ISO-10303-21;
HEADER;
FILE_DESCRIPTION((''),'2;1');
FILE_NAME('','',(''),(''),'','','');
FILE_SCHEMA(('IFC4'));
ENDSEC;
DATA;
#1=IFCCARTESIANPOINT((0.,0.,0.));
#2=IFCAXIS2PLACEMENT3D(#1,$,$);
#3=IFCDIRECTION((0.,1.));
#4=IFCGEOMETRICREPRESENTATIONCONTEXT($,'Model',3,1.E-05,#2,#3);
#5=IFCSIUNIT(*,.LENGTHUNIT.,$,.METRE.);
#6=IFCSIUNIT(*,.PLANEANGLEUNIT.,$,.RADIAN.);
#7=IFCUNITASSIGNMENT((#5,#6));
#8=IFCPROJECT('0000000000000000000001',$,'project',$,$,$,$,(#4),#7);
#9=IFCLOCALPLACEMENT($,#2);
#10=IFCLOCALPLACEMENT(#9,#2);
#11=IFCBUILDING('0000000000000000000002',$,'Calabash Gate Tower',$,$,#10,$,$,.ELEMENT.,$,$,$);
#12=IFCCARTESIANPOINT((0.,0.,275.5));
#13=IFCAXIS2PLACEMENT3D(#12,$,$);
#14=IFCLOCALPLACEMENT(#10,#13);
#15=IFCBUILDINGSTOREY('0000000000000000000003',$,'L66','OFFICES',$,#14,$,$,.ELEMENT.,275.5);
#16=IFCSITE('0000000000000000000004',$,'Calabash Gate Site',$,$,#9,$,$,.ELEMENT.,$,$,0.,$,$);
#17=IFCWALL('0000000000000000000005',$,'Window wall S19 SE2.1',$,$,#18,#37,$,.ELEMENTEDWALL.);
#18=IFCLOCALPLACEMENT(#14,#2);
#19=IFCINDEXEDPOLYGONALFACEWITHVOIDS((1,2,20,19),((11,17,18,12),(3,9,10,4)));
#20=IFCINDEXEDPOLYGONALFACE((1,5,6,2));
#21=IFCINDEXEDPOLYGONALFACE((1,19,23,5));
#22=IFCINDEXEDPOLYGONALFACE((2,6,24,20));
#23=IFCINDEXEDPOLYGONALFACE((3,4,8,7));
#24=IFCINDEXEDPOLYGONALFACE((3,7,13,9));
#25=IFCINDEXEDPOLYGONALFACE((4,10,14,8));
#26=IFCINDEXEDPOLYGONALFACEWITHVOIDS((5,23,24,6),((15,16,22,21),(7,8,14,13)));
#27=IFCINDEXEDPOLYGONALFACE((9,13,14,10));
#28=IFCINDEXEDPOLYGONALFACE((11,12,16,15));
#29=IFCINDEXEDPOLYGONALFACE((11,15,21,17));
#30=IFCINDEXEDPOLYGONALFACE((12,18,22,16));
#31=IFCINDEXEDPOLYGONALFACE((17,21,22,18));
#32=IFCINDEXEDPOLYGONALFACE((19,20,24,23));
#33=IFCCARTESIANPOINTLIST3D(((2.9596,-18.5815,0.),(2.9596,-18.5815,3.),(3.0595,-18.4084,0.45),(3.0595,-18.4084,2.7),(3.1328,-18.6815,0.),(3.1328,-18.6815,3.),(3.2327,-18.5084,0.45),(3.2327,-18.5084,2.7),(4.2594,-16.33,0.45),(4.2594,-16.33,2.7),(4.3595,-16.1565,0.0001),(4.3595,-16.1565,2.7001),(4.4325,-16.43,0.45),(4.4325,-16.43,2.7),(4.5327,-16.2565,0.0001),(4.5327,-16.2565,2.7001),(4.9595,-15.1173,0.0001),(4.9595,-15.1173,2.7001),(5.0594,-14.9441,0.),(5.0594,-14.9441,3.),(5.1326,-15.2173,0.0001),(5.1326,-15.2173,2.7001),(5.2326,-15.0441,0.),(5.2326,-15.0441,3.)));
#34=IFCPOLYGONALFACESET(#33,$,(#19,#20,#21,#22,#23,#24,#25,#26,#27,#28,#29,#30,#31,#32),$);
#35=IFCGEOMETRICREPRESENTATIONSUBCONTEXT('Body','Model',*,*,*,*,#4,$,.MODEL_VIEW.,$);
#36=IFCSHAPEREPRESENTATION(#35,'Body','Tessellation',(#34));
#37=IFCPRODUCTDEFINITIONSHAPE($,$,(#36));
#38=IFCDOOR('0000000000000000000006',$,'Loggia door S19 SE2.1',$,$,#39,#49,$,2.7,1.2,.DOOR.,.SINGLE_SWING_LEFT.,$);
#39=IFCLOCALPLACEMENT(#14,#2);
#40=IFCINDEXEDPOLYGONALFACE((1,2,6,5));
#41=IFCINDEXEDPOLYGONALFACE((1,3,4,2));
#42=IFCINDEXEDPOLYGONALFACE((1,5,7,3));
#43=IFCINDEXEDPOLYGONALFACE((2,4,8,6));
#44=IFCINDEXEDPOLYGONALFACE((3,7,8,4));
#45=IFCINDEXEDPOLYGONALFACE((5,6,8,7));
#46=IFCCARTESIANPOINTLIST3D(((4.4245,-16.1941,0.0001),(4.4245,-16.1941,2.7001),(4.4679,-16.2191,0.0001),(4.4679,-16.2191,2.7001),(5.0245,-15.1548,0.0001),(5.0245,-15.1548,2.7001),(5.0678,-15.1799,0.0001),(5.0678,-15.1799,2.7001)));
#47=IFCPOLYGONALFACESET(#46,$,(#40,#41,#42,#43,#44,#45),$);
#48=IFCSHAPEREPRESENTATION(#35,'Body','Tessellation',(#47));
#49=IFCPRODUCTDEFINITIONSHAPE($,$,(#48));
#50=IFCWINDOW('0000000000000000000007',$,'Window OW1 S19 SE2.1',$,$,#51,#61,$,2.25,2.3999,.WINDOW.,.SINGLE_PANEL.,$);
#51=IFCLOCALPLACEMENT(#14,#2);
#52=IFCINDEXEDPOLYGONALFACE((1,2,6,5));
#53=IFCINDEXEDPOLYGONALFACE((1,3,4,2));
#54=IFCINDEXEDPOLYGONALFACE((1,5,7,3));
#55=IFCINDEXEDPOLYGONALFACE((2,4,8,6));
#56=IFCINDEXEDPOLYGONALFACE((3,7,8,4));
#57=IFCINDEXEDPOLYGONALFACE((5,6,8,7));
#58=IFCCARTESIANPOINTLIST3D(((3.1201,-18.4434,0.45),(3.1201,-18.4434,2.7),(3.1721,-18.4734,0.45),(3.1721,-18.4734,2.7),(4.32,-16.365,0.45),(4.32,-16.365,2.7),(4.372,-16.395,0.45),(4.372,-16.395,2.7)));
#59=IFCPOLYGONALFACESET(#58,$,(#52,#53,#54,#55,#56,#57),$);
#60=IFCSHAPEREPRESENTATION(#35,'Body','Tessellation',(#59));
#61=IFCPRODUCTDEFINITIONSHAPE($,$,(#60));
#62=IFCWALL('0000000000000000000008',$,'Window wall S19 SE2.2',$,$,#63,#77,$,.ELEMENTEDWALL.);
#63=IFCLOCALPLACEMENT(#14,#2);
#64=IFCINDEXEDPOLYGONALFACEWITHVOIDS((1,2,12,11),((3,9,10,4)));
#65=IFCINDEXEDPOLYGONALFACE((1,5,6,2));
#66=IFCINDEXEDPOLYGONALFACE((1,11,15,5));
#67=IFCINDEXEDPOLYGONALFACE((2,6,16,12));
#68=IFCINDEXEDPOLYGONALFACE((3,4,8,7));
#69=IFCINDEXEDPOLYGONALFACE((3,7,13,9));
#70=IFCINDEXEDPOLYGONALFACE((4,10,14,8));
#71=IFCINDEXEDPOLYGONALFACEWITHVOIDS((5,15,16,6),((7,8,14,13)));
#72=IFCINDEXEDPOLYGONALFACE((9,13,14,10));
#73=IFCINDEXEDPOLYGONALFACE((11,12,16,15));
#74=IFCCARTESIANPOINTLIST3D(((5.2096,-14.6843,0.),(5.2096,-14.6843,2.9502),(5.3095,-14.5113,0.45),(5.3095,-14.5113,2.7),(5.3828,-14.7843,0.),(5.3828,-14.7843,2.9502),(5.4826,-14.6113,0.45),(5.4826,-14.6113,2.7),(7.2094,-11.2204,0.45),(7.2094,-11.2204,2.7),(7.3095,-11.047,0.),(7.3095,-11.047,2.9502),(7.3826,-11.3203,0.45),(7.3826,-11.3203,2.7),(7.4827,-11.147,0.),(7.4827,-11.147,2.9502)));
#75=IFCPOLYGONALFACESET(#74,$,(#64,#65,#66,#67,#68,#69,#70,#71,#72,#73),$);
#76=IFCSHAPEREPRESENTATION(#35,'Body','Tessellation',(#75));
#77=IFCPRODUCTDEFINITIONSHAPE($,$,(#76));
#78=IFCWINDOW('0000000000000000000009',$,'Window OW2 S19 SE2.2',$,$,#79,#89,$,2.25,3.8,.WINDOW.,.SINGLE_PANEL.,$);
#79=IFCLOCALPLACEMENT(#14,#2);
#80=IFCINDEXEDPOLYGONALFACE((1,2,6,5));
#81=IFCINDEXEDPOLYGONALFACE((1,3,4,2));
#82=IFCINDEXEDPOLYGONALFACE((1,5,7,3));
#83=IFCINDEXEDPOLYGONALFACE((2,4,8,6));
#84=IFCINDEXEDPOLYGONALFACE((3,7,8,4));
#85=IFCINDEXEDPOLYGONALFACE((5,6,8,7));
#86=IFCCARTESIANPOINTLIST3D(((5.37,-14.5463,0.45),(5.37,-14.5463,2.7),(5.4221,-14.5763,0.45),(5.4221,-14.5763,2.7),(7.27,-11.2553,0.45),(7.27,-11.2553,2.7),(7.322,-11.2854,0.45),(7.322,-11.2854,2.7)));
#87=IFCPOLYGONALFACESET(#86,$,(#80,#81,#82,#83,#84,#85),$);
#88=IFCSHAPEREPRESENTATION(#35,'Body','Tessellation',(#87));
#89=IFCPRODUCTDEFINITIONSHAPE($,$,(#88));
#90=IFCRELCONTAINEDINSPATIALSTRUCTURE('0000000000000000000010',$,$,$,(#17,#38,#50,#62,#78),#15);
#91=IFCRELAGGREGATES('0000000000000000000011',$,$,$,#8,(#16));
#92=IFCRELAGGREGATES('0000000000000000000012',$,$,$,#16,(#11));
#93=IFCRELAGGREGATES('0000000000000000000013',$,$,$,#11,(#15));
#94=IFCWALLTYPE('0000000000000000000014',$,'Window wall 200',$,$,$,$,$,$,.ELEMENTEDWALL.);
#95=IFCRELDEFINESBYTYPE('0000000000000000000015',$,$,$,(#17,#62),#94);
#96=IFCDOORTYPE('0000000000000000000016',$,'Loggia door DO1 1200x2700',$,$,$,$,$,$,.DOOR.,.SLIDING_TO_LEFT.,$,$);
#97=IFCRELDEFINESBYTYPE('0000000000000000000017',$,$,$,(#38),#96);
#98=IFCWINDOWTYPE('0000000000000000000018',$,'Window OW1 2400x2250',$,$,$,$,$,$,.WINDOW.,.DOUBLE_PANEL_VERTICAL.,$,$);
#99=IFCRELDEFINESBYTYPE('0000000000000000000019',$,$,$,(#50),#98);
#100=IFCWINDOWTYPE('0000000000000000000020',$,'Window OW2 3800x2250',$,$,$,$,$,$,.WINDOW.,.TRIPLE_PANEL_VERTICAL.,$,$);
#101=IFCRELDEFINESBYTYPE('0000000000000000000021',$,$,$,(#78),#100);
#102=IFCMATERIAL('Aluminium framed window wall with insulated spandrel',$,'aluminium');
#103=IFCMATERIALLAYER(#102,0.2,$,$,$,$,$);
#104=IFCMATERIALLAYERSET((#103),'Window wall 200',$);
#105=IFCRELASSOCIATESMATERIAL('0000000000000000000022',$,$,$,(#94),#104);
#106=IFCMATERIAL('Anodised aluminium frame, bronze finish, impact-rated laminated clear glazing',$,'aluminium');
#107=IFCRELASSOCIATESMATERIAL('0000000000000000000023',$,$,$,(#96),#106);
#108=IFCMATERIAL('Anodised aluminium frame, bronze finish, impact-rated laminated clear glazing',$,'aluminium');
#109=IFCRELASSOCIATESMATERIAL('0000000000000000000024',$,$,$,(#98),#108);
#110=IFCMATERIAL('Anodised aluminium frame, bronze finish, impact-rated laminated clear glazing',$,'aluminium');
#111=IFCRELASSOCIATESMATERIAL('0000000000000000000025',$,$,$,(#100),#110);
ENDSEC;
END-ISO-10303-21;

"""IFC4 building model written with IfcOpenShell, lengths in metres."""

from ifc_helpers import new_model, si_unit, direction, frame, frame_2d, origin, place, context, subcontext, project, spatial, rectangle, extrude, material, layer, layer_set, type_object, element, fill, save


model = new_model("IFC4")

# Units and contexts
model_context = context("Model", 3, precision=1e-05, world=origin(), true_north=direction((0.0, 1.0)))
body_context = subcontext(model_context, "Body", "Model", "MODEL_VIEW")
ifc_project = project(units=[si_unit("LENGTHUNIT", "METRE"), si_unit("PLANEANGLEUNIT", "RADIAN")], contexts=[model_context])

# Site, building, storey
site_placement = place(None, origin())
site = spatial("IfcSite", under=ifc_project, at=site_placement, Name="Calabash Gate Site", CompositionType="ELEMENT", RefElevation=0.0)
building_placement = place(site_placement, origin())
building = spatial("IfcBuilding", under=site, at=building_placement, Name="Calabash Gate Tower", CompositionType="ELEMENT")
storey_placement = place(building_placement, frame((0.0, 0.0, 275.5)))
storey = spatial("IfcBuildingStorey", under=building, at=storey_placement, Name="L66", Description="OFFICES", CompositionType="ELEMENT", Elevation=275.5)

# Wall, openings, door, window
ifc_material_1 = material(Name="Aluminium framed window wall with insulated spandrel", Category="aluminium")
ifc_layer_1 = layer(ifc_material_1, 0.2)
ifc_layer_set_1 = layer_set([ifc_layer_1], Name="Window wall 200")
wall_type_1 = type_object("IfcWallType", Name="Window wall 200", PredefinedType="ELEMENTEDWALL", material=ifc_layer_set_1)
wall_1_placement = place(storey_placement, frame((3.0461, -18.6316, 0.0), z_axis=(0.0, 0.0, 1.0), x_axis=(0.499959, 0.866049, 0.0)))
wall_1 = element("IfcWall", 1, at=wall_1_placement, inside=storey, type_object=wall_type_1, Name="Window wall S19 SE2.1", PredefinedType="ELEMENTEDWALL", context=body_context, shape_type="SweptSolid", body=[
    extrude(rectangle(XDim=4.2, YDim=0.2, at=frame_2d((2.1001, 0.0))), origin(), (0.0, 0.0, 1.0), 3.0),
])
opening_1_placement = place(wall_1_placement, frame((0.2, 0.0, 0.45)))
opening_1 = element("IfcOpeningElement", 2, at=opening_1_placement, cuts=wall_1, PredefinedType="OPENING", context=body_context, shape_type="SweptSolid", body=[
    extrude(rectangle(XDim=2.3999, YDim=2.25, at=frame_2d((1.2, 1.125))), frame((0.0, 0.1099, 0.0), z_axis=(0.0, -1.0, 0.0), x_axis=(1.0, 0.0, 0.0)), (0.0, 0.0, 1.0), 0.22),
])
opening_2_placement = place(wall_1_placement, frame((2.8, 0.0, 0.0)))
opening_2 = element("IfcOpeningElement", 3, at=opening_2_placement, cuts=wall_1, PredefinedType="OPENING", context=body_context, shape_type="SweptSolid", body=[
    extrude(rectangle(XDim=1.2, YDim=2.7, at=frame_2d((0.6001, 1.3501))), frame((0.0, 0.1099, 0.0), z_axis=(0.0, -1.0, 0.0), x_axis=(1.0, 0.0, 0.0)), (0.0, 0.0, 1.0), 0.22),
])
ifc_material_2 = material(Name="Anodised aluminium frame, bronze finish, impact-rated laminated clear glazing", Category="aluminium")
door_type = type_object("IfcDoorType", Name="Loggia door DO1 1200x2700", OperationType="SLIDING_TO_LEFT", PredefinedType="DOOR", material=ifc_material_2)
door_placement = place(opening_2_placement, origin())
door = element("IfcDoor", 4, at=door_placement, inside=storey, type_object=door_type, Name="Loggia door S19 SE2.1", OperationType="SINGLE_SWING_LEFT", OverallHeight=2.7, OverallWidth=1.2, PredefinedType="DOOR", context=body_context, shape_type="SweptSolid", body=[
    extrude(rectangle(XDim=1.2, YDim=2.7, at=frame_2d((0.6001, 1.3501))), frame((0.0, 0.0249, 0.0), z_axis=(0.0, -1.0, 0.0), x_axis=(1.0, 0.0, 0.0)), (0.0, 0.0, 1.0), 0.05),
])
fill(opening_2, door)
ifc_material_3 = material(Name="Anodised aluminium frame, bronze finish, impact-rated laminated clear glazing", Category="aluminium")
window_type_1 = type_object("IfcWindowType", Name="Window OW1 2400x2250", PartitioningType="DOUBLE_PANEL_VERTICAL", PredefinedType="WINDOW", material=ifc_material_3)
window_1_placement = place(opening_1_placement, origin())
window_1 = element("IfcWindow", 5, at=window_1_placement, inside=storey, type_object=window_type_1, Name="Window OW1 S19 SE2.1", OverallHeight=2.25, OverallWidth=2.3999, PartitioningType="SINGLE_PANEL", PredefinedType="WINDOW", context=body_context, shape_type="SweptSolid", body=[
    extrude(rectangle(XDim=2.3999, YDim=2.25, at=frame_2d((1.2, 1.125))), frame((0.0, 0.03, 0.0), z_axis=(0.0, -1.0, 0.0), x_axis=(1.0, 0.0, 0.0)), (0.0, 0.0, 1.0), 0.0601),
])
fill(opening_1, window_1)

# Wall, opening, window
wall_2_placement = place(storey_placement, frame((5.2961, -14.7344, 0.0), z_axis=(0.0, 0.0, 1.0), x_axis=(0.499984, 0.866035, 0.0)))
wall_2 = element("IfcWall", 6, at=wall_2_placement, inside=storey, type_object=wall_type_1, Name="Window wall S19 SE2.2", PredefinedType="ELEMENTEDWALL", context=body_context, shape_type="SweptSolid", body=[
    extrude(rectangle(XDim=4.2, YDim=0.2, at=frame_2d((2.1001, 0.0))), origin(), (0.0, 0.0, 1.0), 2.9502),
])
opening_3_placement = place(wall_2_placement, frame((0.2, 0.0, 0.45)))
opening_3 = element("IfcOpeningElement", 7, at=opening_3_placement, cuts=wall_2, PredefinedType="OPENING", context=body_context, shape_type="SweptSolid", body=[
    extrude(rectangle(XDim=3.8, YDim=2.25, at=frame_2d((1.8999, 1.125))), frame((0.0, 0.1099, 0.0), z_axis=(0.0, -1.0, 0.0), x_axis=(1.0, 0.0, 0.0)), (0.0, 0.0, 1.0), 0.22),
])
ifc_material_4 = material(Name="Anodised aluminium frame, bronze finish, impact-rated laminated clear glazing", Category="aluminium")
window_type_2 = type_object("IfcWindowType", Name="Window OW2 3800x2250", PartitioningType="TRIPLE_PANEL_VERTICAL", PredefinedType="WINDOW", material=ifc_material_4)
window_2_placement = place(opening_3_placement, origin())
window_2 = element("IfcWindow", 8, at=window_2_placement, inside=storey, type_object=window_type_2, Name="Window OW2 S19 SE2.2", OverallHeight=2.25, OverallWidth=3.8, PartitioningType="SINGLE_PANEL", PredefinedType="WINDOW", context=body_context, shape_type="SweptSolid", body=[
    extrude(rectangle(XDim=3.8, YDim=2.25, at=frame_2d((1.8999, 1.125))), frame((0.0, 0.03, 0.0), z_axis=(0.0, -1.0, 0.0), x_axis=(1.0, 0.0, 0.0)), (0.0, 0.0, 1.0), 0.0601),
])
fill(opening_3, window_2)

save(model, "model.ifc")
